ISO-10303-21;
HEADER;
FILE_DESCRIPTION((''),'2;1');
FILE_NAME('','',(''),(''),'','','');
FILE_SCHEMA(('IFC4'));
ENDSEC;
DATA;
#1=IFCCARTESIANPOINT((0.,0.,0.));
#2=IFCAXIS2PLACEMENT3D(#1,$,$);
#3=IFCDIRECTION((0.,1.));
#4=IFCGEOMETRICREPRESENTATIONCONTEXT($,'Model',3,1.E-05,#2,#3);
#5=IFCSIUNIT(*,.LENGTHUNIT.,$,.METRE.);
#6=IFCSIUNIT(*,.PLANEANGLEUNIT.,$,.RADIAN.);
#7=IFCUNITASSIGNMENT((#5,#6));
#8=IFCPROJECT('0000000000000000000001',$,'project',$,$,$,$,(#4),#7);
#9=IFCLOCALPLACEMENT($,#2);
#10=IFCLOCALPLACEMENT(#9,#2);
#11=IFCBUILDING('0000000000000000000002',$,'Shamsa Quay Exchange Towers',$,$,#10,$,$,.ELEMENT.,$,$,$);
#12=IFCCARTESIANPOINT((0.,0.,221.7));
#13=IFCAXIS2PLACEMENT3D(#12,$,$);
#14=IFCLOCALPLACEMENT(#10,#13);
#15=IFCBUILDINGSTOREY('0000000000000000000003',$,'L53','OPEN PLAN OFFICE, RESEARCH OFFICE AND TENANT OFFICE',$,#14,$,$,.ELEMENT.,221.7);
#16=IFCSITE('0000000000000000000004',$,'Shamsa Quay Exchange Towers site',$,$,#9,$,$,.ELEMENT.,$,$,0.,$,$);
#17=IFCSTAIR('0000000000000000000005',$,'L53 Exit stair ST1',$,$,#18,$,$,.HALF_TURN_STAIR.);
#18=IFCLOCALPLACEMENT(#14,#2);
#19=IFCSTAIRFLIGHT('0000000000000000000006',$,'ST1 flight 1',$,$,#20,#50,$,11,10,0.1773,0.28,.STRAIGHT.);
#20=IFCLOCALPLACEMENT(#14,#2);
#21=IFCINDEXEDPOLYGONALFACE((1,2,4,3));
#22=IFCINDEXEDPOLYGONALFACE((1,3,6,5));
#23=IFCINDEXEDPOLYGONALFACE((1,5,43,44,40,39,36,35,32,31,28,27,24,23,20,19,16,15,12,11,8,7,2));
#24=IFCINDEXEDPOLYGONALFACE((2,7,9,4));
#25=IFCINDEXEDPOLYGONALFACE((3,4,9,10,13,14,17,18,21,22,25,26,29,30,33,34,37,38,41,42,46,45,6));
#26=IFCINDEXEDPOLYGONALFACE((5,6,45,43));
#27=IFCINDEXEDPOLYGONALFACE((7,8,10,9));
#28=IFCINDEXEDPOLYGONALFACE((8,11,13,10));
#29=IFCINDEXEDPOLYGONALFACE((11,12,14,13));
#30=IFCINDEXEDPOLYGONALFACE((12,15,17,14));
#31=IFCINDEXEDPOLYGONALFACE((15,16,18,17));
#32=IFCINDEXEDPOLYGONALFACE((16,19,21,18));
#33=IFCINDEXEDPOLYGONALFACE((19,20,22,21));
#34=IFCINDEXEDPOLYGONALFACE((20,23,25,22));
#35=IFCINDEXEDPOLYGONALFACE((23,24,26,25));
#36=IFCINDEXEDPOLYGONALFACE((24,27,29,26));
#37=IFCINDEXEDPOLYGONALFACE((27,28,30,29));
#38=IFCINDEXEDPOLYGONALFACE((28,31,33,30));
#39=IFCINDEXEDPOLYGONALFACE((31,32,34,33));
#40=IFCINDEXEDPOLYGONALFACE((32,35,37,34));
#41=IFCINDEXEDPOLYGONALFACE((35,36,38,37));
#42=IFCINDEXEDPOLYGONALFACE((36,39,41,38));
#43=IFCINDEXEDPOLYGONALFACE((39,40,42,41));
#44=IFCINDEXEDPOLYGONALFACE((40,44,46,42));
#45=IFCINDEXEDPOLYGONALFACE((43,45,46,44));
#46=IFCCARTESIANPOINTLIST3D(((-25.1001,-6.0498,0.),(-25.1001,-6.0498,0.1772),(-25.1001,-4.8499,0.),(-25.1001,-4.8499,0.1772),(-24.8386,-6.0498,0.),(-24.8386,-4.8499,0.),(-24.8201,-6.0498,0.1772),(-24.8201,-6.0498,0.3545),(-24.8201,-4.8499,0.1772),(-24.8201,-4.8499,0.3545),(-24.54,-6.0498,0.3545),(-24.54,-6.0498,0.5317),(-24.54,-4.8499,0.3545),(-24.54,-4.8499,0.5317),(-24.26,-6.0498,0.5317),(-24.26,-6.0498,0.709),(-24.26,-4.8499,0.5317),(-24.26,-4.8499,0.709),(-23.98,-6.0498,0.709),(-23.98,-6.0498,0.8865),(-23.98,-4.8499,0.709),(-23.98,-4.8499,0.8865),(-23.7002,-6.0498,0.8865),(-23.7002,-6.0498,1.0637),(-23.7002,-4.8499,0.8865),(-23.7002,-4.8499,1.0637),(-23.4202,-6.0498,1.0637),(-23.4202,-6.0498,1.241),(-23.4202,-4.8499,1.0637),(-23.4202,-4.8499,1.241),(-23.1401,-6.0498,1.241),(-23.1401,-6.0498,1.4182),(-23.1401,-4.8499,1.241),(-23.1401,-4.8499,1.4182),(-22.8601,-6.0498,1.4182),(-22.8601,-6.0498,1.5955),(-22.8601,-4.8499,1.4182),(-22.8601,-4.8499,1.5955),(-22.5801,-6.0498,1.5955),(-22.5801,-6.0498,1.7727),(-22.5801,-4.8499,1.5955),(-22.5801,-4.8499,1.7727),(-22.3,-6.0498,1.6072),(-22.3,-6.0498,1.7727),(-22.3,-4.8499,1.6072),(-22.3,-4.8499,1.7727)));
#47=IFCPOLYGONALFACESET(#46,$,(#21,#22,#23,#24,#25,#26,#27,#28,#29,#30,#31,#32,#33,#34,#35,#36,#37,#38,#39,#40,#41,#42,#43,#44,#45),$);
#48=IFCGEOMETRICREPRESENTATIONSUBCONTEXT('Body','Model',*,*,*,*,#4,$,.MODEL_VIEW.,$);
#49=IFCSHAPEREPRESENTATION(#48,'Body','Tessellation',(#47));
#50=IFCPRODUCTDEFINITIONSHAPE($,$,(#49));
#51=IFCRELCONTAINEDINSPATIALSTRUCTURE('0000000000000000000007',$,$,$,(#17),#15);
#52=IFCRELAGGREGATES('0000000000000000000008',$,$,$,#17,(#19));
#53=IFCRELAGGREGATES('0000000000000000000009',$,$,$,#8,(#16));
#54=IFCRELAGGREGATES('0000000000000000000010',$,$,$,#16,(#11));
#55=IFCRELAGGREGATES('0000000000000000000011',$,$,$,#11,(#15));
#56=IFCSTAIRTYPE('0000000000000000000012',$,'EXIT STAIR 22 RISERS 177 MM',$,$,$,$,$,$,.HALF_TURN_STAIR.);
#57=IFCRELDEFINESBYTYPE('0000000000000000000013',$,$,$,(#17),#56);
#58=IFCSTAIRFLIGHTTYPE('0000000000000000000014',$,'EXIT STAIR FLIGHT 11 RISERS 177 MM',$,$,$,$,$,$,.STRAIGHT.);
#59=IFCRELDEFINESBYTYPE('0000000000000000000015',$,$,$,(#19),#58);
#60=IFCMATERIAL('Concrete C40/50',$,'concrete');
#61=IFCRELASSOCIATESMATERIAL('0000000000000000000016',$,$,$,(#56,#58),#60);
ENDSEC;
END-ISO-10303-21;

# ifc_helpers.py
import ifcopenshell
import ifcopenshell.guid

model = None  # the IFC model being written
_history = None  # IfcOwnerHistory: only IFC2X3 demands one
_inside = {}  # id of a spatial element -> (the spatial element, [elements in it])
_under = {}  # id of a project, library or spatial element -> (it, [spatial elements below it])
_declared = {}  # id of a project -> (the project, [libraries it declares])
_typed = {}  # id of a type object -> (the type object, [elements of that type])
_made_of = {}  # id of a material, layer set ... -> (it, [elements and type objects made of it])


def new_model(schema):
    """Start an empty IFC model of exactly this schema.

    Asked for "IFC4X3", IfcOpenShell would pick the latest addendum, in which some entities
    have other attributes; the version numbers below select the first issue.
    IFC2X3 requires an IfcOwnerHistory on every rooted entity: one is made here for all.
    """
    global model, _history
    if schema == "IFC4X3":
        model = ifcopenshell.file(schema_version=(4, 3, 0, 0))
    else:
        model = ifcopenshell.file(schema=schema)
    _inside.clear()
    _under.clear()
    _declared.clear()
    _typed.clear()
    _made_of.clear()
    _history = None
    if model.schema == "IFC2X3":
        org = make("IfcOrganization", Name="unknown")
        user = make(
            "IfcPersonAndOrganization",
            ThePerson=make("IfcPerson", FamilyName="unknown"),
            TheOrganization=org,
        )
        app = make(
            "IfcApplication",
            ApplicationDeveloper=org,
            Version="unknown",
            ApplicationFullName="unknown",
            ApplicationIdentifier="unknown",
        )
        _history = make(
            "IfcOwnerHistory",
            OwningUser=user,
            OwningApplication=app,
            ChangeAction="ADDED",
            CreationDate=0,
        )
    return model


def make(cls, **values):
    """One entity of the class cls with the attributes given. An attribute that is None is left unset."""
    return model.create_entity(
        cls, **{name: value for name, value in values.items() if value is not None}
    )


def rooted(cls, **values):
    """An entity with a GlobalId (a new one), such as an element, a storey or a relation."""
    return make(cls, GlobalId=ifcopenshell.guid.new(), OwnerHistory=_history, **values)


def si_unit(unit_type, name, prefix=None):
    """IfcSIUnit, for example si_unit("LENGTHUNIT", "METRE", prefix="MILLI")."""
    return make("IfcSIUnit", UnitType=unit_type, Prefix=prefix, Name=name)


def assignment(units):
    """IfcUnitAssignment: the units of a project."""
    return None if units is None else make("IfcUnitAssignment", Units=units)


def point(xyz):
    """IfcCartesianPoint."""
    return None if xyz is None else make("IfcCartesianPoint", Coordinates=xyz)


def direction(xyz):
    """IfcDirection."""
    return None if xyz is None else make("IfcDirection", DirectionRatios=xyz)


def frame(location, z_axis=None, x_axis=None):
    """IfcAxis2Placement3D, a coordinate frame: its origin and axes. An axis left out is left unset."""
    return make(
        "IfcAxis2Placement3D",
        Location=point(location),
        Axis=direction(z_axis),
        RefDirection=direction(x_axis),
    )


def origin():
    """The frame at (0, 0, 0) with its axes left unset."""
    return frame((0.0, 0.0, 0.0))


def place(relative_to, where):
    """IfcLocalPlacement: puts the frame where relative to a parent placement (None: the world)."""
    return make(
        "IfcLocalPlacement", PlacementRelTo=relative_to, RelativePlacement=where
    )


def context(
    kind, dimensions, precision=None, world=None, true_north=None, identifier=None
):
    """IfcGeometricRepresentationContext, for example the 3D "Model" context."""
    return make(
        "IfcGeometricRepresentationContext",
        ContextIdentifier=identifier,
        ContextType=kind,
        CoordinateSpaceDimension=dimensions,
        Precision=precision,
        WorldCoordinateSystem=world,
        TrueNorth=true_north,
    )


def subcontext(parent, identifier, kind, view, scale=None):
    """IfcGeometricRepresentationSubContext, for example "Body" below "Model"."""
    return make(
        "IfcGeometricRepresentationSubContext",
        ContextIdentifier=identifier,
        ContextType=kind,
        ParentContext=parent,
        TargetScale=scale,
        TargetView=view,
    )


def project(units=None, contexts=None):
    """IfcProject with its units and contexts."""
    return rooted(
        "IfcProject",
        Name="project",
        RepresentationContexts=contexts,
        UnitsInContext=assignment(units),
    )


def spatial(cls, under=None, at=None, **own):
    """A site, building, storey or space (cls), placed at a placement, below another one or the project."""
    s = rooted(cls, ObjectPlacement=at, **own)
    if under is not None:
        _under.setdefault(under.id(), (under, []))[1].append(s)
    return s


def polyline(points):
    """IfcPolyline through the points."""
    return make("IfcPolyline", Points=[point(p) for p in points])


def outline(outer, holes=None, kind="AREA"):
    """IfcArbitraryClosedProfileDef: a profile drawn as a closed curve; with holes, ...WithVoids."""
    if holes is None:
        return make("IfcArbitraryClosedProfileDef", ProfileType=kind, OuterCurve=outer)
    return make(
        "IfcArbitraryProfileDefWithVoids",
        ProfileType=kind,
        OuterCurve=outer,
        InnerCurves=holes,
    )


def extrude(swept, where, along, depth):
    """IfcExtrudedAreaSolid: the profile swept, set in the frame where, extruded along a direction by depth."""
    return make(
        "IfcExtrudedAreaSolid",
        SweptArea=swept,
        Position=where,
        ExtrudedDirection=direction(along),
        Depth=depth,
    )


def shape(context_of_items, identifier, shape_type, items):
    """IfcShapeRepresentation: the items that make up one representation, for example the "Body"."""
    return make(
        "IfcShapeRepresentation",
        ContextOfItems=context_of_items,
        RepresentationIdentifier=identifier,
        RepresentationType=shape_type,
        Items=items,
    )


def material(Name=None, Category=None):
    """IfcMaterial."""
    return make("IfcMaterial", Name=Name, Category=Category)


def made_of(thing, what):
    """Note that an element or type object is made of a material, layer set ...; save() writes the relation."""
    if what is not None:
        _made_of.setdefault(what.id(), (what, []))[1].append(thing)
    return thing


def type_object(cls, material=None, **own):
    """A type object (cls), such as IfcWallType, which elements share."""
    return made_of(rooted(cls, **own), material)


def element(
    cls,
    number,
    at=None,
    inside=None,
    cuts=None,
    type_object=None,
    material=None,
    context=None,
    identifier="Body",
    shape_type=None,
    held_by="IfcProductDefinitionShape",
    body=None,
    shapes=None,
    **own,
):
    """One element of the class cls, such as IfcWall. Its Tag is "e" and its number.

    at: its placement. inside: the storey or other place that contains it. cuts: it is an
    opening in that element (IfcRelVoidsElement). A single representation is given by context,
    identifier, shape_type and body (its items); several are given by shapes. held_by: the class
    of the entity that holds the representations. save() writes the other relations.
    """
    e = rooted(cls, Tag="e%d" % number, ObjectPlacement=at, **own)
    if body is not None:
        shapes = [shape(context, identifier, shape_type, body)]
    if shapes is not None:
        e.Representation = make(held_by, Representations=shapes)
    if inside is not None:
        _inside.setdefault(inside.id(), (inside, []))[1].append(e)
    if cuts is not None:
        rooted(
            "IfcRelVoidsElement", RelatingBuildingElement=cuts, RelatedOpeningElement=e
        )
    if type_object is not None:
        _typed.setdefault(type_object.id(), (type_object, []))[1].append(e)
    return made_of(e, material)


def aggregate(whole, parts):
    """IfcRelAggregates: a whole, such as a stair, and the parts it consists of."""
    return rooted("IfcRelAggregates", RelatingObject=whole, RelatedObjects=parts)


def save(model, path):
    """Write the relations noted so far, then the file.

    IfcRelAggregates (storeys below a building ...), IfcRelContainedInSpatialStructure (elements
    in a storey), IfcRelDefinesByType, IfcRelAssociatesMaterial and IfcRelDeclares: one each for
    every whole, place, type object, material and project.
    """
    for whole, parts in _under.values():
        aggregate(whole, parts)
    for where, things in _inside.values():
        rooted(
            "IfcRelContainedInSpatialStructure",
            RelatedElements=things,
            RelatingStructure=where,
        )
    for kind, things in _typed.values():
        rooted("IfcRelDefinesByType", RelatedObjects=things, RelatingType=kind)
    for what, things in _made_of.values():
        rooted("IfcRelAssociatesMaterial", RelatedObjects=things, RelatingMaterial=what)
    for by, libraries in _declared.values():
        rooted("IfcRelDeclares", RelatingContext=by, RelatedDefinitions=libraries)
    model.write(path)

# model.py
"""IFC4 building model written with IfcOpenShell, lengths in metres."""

from ifc_helpers import new_model, si_unit, direction, frame, origin, place, context, subcontext, project, spatial, polyline, outline, extrude, material, type_object, element, aggregate, save


model = new_model("IFC4")

# Units and contexts
model_context = context("Model", 3, precision=1e-05, world=origin(), true_north=direction((0.0, 1.0)))
body_context = subcontext(model_context, "Body", "Model", "MODEL_VIEW")
ifc_project = project(units=[si_unit("LENGTHUNIT", "METRE"), si_unit("PLANEANGLEUNIT", "RADIAN")], contexts=[model_context])

# Site, building, storey
site_placement = place(None, origin())
site = spatial("IfcSite", under=ifc_project, at=site_placement, Name="Shamsa Quay Exchange Towers site", CompositionType="ELEMENT", RefElevation=0.0)
building_placement = place(site_placement, origin())
building = spatial("IfcBuilding", under=site, at=building_placement, Name="Shamsa Quay Exchange Towers", CompositionType="ELEMENT")
storey_placement = place(building_placement, frame((0.0, 0.0, 221.7)))
storey = spatial("IfcBuildingStorey", under=building, at=storey_placement, Name="L53", Description="OPEN PLAN OFFICE, RESEARCH OFFICE AND TENANT OFFICE", CompositionType="ELEMENT", Elevation=221.7)

# Stair, stair flight
ifc_material_1 = material(Name="Concrete C40/50", Category="concrete")
stair_type = type_object("IfcStairType", Name="EXIT STAIR 22 RISERS 177 MM", PredefinedType="HALF_TURN_STAIR", material=ifc_material_1)
stair_placement = place(storey_placement, origin())
stair = element("IfcStair", 1, at=stair_placement, inside=storey, type_object=stair_type, Name="L53 Exit stair ST1", PredefinedType="HALF_TURN_STAIR")
stair_flight_type = type_object("IfcStairFlightType", Name="EXIT STAIR FLIGHT 11 RISERS 177 MM", PredefinedType="STRAIGHT", material=ifc_material_1)
stair_flight_placement = place(storey_placement, frame((-25.1001, -5.45, 0.0)))
stair_flight = element("IfcStairFlight", 2, at=stair_flight_placement, type_object=stair_flight_type, Name="ST1 flight 1", NumberOfRisers=11, NumberOfTreads=10, PredefinedType="STRAIGHT", RiserHeight=0.1773, TreadLength=0.28, context=body_context, shape_type="SweptSolid", body=[
    extrude(outline(polyline([(0.0, 0.0), (0.0, 0.1772), (0.28, 0.1772), (0.28, 0.3545), (0.5601, 0.3545), (0.5601, 0.5317), (0.8401, 0.5317), (0.8401, 0.709), (1.1201, 0.709), (1.1201, 0.8865), (1.3999, 0.8865), (1.3999, 1.0637), (1.6799, 1.0637), (1.6799, 1.241), (1.96, 1.241), (1.96, 1.4182), (2.24, 1.4182), (2.24, 1.5955), (2.52, 1.5955), (2.52, 1.7727), (2.8, 1.7727), (2.8, 1.95), (2.8, 1.6072), (0.2615, 0.0), (0.0, 0.0)])), frame((0.0, 0.6001, 0.0), z_axis=(0.0, -1.0, 0.0), x_axis=(1.0, 0.0, 0.0)), (0.0, 0.0, 1.0), 1.2),
])
aggregate(stair, [stair_flight])

save(model, "model.ifc")
